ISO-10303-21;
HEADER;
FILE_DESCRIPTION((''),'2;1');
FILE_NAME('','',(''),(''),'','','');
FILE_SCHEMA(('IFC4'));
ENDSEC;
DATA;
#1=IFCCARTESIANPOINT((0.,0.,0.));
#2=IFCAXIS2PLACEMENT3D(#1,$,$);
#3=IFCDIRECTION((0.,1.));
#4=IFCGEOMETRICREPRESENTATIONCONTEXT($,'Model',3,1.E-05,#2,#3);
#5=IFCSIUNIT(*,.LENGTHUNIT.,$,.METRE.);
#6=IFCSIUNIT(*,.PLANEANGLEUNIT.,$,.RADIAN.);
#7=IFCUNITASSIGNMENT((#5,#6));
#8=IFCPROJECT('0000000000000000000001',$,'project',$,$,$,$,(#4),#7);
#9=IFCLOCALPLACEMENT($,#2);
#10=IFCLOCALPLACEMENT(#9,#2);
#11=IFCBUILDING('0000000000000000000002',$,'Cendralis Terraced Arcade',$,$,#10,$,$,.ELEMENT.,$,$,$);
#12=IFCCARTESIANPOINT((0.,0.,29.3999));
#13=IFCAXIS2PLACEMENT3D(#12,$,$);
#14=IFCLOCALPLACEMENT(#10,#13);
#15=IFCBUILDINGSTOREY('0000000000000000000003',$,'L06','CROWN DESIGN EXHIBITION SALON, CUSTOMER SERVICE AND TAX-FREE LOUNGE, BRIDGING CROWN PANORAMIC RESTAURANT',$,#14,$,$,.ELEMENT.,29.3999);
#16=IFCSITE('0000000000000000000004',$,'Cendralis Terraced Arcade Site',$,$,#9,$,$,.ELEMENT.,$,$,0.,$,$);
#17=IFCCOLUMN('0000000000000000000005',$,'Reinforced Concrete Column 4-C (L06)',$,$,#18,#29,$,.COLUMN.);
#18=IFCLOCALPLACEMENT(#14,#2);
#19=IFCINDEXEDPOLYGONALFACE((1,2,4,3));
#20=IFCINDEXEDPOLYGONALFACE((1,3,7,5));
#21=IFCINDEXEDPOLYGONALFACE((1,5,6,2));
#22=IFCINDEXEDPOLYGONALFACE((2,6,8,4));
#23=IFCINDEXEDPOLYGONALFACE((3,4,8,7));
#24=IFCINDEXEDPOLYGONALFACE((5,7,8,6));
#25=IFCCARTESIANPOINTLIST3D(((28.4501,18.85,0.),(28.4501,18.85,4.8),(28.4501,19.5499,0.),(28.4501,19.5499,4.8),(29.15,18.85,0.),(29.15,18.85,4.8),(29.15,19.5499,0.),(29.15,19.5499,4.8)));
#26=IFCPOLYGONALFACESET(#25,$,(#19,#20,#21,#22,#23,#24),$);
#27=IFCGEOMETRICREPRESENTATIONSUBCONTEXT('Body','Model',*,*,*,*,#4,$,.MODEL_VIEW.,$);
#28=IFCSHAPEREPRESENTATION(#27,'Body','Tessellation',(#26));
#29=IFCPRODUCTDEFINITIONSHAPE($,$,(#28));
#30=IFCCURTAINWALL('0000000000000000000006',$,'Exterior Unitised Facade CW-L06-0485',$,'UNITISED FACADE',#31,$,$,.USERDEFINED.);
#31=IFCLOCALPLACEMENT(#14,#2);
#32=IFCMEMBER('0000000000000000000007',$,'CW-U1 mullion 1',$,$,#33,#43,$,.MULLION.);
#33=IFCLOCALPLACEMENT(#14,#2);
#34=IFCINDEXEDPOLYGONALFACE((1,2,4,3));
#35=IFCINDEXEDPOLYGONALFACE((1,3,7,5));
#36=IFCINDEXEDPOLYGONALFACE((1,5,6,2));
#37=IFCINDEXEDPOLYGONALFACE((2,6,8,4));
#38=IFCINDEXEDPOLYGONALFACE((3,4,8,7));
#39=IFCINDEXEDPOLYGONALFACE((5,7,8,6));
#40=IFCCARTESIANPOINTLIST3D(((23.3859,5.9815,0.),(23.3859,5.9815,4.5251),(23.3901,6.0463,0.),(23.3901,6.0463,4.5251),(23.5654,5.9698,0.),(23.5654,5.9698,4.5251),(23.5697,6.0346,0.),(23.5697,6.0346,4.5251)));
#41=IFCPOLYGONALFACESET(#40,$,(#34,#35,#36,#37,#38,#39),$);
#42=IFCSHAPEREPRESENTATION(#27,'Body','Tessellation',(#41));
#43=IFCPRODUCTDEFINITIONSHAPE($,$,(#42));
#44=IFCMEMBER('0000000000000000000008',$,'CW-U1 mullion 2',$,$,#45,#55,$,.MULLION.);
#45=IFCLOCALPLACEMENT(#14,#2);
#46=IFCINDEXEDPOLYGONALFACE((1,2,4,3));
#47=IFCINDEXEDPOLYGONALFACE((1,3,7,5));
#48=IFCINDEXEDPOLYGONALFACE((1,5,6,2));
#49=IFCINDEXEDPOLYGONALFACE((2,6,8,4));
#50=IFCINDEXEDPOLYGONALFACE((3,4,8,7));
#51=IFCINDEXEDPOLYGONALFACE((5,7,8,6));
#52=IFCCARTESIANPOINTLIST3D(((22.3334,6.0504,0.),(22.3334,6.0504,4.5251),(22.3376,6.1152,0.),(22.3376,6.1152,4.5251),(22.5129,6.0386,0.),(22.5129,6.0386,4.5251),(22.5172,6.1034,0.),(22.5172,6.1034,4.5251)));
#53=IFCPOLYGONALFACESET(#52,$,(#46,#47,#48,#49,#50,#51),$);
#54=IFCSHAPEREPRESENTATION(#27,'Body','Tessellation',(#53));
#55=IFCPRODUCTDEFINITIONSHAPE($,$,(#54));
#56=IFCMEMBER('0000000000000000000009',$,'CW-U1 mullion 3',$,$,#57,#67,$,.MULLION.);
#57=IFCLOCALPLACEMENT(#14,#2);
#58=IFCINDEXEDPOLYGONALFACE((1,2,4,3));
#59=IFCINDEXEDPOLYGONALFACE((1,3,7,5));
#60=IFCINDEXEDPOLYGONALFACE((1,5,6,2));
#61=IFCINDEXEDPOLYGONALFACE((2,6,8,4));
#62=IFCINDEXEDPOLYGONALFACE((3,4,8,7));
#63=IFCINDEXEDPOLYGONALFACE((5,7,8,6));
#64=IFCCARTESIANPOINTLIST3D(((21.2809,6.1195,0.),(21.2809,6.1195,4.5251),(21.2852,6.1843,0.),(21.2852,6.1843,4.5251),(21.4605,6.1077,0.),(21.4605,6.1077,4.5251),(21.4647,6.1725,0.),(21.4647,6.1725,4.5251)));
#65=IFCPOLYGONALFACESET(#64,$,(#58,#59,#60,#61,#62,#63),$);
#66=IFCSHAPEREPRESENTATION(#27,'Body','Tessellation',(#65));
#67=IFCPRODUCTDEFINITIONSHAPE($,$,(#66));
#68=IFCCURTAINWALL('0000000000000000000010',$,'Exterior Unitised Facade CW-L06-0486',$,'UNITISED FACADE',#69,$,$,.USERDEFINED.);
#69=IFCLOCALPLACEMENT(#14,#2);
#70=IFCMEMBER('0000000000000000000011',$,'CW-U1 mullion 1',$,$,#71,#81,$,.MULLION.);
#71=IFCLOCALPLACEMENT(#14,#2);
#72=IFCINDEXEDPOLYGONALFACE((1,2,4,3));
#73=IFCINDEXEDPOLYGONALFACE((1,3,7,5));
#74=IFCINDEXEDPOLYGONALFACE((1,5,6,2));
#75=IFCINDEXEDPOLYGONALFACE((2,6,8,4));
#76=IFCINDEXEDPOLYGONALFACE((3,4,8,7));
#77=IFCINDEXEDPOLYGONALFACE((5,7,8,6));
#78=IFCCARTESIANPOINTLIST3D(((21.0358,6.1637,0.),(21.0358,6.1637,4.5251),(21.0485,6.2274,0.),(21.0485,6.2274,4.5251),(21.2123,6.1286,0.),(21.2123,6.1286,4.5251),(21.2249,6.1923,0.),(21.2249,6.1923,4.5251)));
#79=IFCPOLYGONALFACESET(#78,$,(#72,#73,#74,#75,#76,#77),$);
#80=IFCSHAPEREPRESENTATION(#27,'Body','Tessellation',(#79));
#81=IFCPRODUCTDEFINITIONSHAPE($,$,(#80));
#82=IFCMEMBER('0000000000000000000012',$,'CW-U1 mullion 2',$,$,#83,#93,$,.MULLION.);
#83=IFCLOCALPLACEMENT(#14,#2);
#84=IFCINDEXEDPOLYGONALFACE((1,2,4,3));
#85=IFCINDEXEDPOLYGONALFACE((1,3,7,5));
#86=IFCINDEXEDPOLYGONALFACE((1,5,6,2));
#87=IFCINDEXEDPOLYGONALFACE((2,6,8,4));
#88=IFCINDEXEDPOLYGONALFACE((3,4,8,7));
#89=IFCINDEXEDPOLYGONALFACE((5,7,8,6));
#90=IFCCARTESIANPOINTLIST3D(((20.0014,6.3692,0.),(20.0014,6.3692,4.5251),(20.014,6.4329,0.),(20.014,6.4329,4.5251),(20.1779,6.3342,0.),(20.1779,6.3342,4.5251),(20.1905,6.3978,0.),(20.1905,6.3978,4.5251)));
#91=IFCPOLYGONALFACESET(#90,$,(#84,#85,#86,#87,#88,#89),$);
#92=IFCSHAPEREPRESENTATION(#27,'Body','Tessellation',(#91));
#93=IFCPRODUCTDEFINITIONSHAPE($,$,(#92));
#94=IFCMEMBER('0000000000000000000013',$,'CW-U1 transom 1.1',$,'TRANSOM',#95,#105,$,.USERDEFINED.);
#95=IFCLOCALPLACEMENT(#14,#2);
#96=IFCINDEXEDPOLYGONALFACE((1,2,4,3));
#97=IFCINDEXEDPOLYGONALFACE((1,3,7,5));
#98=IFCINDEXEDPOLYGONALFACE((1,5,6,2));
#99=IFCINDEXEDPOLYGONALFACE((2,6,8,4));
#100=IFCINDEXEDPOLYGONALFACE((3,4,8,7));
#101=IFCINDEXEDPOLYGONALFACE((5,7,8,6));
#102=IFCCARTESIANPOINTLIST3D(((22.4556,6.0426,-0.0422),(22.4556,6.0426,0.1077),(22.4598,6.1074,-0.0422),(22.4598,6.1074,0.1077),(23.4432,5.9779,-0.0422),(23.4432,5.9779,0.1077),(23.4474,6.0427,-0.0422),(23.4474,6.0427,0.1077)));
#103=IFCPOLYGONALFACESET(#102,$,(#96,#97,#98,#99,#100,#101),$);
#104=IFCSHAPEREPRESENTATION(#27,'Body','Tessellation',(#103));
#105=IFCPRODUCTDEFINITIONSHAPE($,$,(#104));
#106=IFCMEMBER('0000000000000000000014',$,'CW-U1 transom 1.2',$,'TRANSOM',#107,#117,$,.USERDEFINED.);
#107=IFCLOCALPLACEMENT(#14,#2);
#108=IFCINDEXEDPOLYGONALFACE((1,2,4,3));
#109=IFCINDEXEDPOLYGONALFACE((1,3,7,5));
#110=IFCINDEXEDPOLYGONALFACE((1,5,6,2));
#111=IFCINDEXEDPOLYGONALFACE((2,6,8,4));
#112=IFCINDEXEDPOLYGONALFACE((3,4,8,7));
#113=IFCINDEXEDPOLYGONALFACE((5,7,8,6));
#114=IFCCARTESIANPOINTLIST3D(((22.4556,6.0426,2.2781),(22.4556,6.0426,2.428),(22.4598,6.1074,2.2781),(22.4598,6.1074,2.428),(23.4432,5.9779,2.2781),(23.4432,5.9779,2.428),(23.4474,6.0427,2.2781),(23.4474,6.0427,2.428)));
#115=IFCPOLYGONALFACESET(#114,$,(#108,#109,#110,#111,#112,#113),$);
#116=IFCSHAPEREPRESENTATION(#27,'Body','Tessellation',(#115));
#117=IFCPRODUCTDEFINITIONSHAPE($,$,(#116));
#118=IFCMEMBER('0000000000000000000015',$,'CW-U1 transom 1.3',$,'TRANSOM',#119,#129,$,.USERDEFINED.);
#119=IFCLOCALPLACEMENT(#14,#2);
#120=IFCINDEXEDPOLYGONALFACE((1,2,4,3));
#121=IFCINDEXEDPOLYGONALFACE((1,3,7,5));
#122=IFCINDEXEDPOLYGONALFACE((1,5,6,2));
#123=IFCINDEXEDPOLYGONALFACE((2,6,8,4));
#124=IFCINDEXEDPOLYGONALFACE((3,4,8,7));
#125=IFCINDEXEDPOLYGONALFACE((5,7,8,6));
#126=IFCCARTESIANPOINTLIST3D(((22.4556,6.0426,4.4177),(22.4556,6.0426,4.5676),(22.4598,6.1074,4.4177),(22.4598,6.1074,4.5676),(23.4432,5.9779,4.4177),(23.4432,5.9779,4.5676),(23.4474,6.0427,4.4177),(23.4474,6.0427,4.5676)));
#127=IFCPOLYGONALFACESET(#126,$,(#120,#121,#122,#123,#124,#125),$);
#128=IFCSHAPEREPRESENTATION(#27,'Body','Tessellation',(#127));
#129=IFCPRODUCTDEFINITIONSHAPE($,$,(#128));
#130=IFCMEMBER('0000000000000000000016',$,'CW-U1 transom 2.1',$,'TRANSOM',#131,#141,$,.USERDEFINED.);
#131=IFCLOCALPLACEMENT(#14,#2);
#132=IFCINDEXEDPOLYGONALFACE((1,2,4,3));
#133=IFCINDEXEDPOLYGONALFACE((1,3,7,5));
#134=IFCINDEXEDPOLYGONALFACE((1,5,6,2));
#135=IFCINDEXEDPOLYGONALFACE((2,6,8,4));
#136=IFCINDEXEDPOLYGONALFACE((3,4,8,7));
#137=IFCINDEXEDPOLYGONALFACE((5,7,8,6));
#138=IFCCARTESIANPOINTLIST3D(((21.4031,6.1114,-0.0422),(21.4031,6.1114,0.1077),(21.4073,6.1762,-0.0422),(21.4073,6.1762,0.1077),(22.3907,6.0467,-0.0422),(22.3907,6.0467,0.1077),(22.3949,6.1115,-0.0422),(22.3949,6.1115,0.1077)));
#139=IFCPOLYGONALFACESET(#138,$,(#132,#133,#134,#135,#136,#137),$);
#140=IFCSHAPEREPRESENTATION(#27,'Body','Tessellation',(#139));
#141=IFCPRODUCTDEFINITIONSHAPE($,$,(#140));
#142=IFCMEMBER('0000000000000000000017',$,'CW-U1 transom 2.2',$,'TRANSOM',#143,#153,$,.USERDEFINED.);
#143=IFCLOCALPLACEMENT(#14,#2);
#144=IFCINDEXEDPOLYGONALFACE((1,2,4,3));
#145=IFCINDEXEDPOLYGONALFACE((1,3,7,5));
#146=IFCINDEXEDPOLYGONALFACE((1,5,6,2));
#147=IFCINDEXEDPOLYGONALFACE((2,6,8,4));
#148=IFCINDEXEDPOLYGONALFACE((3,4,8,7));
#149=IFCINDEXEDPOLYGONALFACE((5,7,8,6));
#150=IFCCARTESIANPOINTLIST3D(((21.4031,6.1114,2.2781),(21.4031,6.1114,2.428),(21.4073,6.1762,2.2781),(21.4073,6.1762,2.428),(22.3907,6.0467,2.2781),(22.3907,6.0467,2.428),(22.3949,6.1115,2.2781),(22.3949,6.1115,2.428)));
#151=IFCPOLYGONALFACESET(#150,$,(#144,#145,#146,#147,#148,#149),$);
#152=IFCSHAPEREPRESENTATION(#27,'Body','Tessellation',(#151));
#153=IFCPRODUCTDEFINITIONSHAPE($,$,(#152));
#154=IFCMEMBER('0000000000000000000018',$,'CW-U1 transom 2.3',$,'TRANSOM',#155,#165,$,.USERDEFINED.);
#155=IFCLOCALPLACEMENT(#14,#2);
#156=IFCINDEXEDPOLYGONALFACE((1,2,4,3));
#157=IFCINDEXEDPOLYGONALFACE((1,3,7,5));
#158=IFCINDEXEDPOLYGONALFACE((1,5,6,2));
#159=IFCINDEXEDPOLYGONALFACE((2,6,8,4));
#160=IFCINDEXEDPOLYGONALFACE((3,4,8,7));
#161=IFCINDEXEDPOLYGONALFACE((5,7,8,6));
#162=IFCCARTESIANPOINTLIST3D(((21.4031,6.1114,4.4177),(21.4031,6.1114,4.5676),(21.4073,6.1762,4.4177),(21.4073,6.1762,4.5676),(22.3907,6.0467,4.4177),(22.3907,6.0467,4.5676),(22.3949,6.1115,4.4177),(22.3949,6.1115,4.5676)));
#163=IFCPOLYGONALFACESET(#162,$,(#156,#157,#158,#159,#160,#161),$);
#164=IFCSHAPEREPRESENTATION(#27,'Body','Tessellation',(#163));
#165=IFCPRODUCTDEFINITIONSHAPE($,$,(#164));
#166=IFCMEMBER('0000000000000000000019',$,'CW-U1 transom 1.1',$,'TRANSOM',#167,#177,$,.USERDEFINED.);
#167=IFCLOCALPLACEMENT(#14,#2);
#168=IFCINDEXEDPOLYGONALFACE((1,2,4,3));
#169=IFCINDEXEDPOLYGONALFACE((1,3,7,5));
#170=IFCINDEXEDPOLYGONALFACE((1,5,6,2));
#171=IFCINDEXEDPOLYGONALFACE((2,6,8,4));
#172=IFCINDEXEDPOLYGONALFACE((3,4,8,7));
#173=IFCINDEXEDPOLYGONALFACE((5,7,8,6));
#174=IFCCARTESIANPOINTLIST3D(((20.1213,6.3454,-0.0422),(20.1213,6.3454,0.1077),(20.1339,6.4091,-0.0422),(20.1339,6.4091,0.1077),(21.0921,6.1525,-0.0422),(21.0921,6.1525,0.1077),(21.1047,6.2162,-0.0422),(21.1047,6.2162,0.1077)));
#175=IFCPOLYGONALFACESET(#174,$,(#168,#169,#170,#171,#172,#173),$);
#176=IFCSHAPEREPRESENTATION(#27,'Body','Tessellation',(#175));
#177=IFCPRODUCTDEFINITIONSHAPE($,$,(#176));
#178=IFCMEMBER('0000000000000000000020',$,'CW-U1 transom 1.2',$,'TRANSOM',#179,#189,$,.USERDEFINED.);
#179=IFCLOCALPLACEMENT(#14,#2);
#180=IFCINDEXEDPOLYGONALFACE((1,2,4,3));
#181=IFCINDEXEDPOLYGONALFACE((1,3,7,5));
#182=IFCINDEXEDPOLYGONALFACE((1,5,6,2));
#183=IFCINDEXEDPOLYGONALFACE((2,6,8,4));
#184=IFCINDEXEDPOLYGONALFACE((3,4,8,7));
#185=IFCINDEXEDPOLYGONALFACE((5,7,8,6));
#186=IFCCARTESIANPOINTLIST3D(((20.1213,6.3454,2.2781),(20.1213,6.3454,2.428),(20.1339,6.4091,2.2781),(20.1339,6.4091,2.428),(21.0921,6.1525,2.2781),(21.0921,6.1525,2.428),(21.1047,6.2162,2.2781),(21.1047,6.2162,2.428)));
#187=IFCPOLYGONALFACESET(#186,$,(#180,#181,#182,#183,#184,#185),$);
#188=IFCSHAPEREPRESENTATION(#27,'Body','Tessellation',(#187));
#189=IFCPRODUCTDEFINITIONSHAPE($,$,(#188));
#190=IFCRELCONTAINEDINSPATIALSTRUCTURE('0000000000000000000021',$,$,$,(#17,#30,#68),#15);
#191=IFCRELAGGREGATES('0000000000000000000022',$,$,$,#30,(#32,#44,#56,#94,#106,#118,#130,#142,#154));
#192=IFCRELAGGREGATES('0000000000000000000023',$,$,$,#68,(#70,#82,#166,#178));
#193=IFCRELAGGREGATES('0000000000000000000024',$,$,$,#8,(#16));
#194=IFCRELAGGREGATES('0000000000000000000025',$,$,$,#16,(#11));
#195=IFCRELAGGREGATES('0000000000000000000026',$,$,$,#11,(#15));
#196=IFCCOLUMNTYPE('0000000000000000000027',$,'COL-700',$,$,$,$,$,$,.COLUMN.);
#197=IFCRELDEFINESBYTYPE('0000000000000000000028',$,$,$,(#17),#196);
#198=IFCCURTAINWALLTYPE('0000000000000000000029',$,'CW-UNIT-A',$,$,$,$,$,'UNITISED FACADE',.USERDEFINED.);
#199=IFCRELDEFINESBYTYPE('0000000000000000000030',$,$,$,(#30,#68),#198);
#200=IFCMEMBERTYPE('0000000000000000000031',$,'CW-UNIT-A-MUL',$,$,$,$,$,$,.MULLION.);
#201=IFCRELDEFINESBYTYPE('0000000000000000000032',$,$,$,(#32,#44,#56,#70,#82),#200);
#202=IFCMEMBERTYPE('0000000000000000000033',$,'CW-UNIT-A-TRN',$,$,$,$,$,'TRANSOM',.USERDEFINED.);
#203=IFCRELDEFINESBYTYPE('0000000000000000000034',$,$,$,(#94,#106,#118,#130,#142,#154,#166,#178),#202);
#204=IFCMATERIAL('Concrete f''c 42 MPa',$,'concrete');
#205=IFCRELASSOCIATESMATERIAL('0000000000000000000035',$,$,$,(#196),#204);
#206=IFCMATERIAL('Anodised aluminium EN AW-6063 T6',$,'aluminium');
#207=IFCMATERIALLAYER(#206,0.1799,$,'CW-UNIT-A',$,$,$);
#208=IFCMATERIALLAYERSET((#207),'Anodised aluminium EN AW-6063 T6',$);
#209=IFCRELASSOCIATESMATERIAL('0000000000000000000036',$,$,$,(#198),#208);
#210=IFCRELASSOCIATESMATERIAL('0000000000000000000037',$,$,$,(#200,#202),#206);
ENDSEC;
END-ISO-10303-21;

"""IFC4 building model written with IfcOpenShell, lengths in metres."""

from ifc_helpers import new_model, si_unit, direction, frame, origin, origin_2d, place, context, subcontext, project, spatial, rectangle, extrude, material, layer, layer_set, material_profile, profile_set, type_object, element, aggregate, save


model = new_model("IFC4")

# Units and contexts
model_context = context("Model", 3, precision=1e-05, world=origin(), true_north=direction((0.0, 1.0)))
body_context = subcontext(model_context, "Body", "Model", "MODEL_VIEW")
ifc_project = project(units=[si_unit("LENGTHUNIT", "METRE"), si_unit("PLANEANGLEUNIT", "RADIAN")], contexts=[model_context])

# Site, building, storey
site_placement = place(None, origin())
site = spatial("IfcSite", under=ifc_project, at=site_placement, Name="Cendralis Terraced Arcade Site", CompositionType="ELEMENT", RefElevation=0.0)
building_placement = place(site_placement, origin())
building = spatial("IfcBuilding", under=site, at=building_placement, Name="Cendralis Terraced Arcade", CompositionType="ELEMENT")
storey_placement = place(building_placement, frame((0.0, 0.0, 29.3999)))
storey = spatial("IfcBuildingStorey", under=building, at=storey_placement, Name="L06", Description="CROWN DESIGN EXHIBITION SALON, CUSTOMER SERVICE AND TAX-FREE LOUNGE, BRIDGING CROWN PANORAMIC RESTAURANT", CompositionType="ELEMENT", Elevation=29.3999)

# Column
ifc_material_1 = material(Name="Concrete f'c 42 MPa", Category="concrete")
ifc_material_profile_1 = material_profile(ifc_material_1, rectangle(XDim=0.7, YDim=0.7, at=origin_2d()), Name="RC-COL-700x700", Category="LoadBearing")
ifc_profile_set_1 = profile_set([ifc_material_profile_1], Name="Concrete f'c 42 MPa")
column_type = type_object("IfcColumnType", Name="COL-700", PredefinedType="COLUMN", material=ifc_profile_set_1)
column_placement = place(storey_placement, frame((28.8, 19.2, 0.0), z_axis=(0.0, 0.0, 1.0), x_axis=(1.0, 0.0, 0.0)))
element("IfcColumn", 1, at=column_placement, inside=storey, type_object=column_type, Name="Reinforced Concrete Column 4-C (L06)", PredefinedType="COLUMN", context=body_context, shape_type="SweptSolid", body=[
    extrude(rectangle(XDim=0.7, YDim=0.7, at=origin_2d()), origin(), (0.0, 0.0, 1.0), 4.8),
])

# Curtain walls, members
ifc_material_2 = material(Name="Anodised aluminium EN AW-6063 T6", Category="aluminium")
ifc_layer_1 = layer(ifc_material_2, 0.1799, Name="CW-UNIT-A")
ifc_layer_set_1 = layer_set([ifc_layer_1], Name="Anodised aluminium EN AW-6063 T6")
curtain_wall_type_1 = type_object("IfcCurtainWallType", Name="CW-UNIT-A", ElementType="UNITISED FACADE", PredefinedType="USERDEFINED", material=ifc_layer_set_1)
curtain_wall_1_placement = place(storey_placement, origin())
curtain_wall_1 = element("IfcCurtainWall", 2, at=curtain_wall_1_placement, inside=storey, type_object=curtain_wall_type_1, Name="Exterior Unitised Facade CW-L06-0485", ObjectType="UNITISED FACADE", PredefinedType="USERDEFINED")
ifc_material_profile_2 = material_profile(ifc_material_2, rectangle(XDim=0.0649, YDim=0.1799, at=origin_2d()), Name="ALU-MUL-65x180")
ifc_profile_set_2 = profile_set([ifc_material_profile_2], Name="Anodised aluminium EN AW-6063 T6")
member_type_1 = type_object("IfcMemberType", Name="CW-UNIT-A-MUL", PredefinedType="MULLION", material=ifc_profile_set_2)
member_1_placement = place(storey_placement, frame((23.4778, 6.0081, 0.0), z_axis=(0.0, 0.0, 1.0), x_axis=(-0.065393, -0.99786, 0.0)))
member_1 = element("IfcMember", 3, at=member_1_placement, type_object=member_type_1, Name="CW-U1 mullion 1", PredefinedType="MULLION", context=body_context, shape_type="SweptSolid", body=[
    extrude(rectangle(XDim=0.0649, YDim=0.1799, at=origin_2d()), origin(), (0.0, 0.0, 1.0), 4.5251),
])
member_2_placement = place(storey_placement, frame((22.4253, 6.0769, 0.0), z_axis=(0.0, 0.0, 1.0), x_axis=(-0.065393, -0.99786, 0.0)))
member_2 = element("IfcMember", 4, at=member_2_placement, type_object=member_type_1, Name="CW-U1 mullion 2", PredefinedType="MULLION", context=body_context, shape_type="SweptSolid", body=[
    extrude(rectangle(XDim=0.0649, YDim=0.1799, at=origin_2d()), origin(), (0.0, 0.0, 1.0), 4.5251),
])
member_3_placement = place(storey_placement, frame((21.3728, 6.146, 0.0), z_axis=(0.0, 0.0, 1.0), x_axis=(-0.065393, -0.99786, 0.0)))
member_3 = element("IfcMember", 5, at=member_3_placement, type_object=member_type_1, Name="CW-U1 mullion 3", PredefinedType="MULLION", context=body_context, shape_type="SweptSolid", body=[
    extrude(rectangle(XDim=0.0649, YDim=0.1799, at=origin_2d()), origin(), (0.0, 0.0, 1.0), 4.5251),
])
curtain_wall_2_placement = place(storey_placement, origin())
curtain_wall_2 = element("IfcCurtainWall", 6, at=curtain_wall_2_placement, inside=storey, type_object=curtain_wall_type_1, Name="Exterior Unitised Facade CW-L06-0486", ObjectType="UNITISED FACADE", PredefinedType="USERDEFINED")
member_4_placement = place(storey_placement, frame((21.1304, 6.178, 0.0), z_axis=(0.0, 0.0, 1.0), x_axis=(-0.195046, -0.980794, 0.0)))
member_4 = element("IfcMember", 7, at=member_4_placement, type_object=member_type_1, Name="CW-U1 mullion 1", PredefinedType="MULLION", context=body_context, shape_type="SweptSolid", body=[
    extrude(rectangle(XDim=0.0649, YDim=0.1799, at=origin_2d()), origin(), (0.0, 0.0, 1.0), 4.5251),
])
member_5_placement = place(storey_placement, frame((20.0959, 6.3835, 0.0), z_axis=(0.0, 0.0, 1.0), x_axis=(-0.195046, -0.980794, 0.0)))
member_5 = element("IfcMember", 8, at=member_5_placement, type_object=member_type_1, Name="CW-U1 mullion 2", PredefinedType="MULLION", context=body_context, shape_type="SweptSolid", body=[
    extrude(rectangle(XDim=0.0649, YDim=0.1799, at=origin_2d()), origin(), (0.0, 0.0, 1.0), 4.5251),
])

# Members
ifc_material_profile_3 = material_profile(ifc_material_2, rectangle(XDim=0.0649, YDim=0.1499, at=origin_2d()), Name="ALU-TRN-65x150")
ifc_profile_set_3 = profile_set([ifc_material_profile_3], Name="Anodised aluminium EN AW-6063 T6")
member_type_2 = type_object("IfcMemberType", Name="CW-UNIT-A-TRN", ElementType="TRANSOM", PredefinedType="USERDEFINED", material=ifc_profile_set_3)
member_6_placement = place(storey_placement, frame((23.4453, 6.0103, 0.0327), z_axis=(-0.997861, 0.065373, 0.0), x_axis=(-0.065373, -0.997861, 0.0)))
member_6 = element("IfcMember", 9, at=member_6_placement, type_object=member_type_2, Name="CW-U1 transom 1.1", ObjectType="TRANSOM", PredefinedType="USERDEFINED", context=body_context, shape_type="SweptSolid", body=[
    extrude(rectangle(XDim=0.0649, YDim=0.1499, at=origin_2d()), origin(), (0.0, 0.0, 1.0), 0.9897),
])
member_7_placement = place(storey_placement, frame((23.4453, 6.0103, 2.353), z_axis=(-0.997861, 0.065373, 0.0), x_axis=(-0.065373, -0.997861, 0.0)))
member_7 = element("IfcMember", 10, at=member_7_placement, type_object=member_type_2, Name="CW-U1 transom 1.2", ObjectType="TRANSOM", PredefinedType="USERDEFINED", context=body_context, shape_type="SweptSolid", body=[
    extrude(rectangle(XDim=0.0649, YDim=0.1499, at=origin_2d()), origin(), (0.0, 0.0, 1.0), 0.9897),
])
member_8_placement = place(storey_placement, frame((23.4453, 6.0103, 4.4927), z_axis=(-0.997861, 0.065373, 0.0), x_axis=(-0.065373, -0.997861, 0.0)))
member_8 = element("IfcMember", 11, at=member_8_placement, type_object=member_type_2, Name="CW-U1 transom 1.3", ObjectType="TRANSOM", PredefinedType="USERDEFINED", context=body_context, shape_type="SweptSolid", body=[
    extrude(rectangle(XDim=0.0649, YDim=0.1499, at=origin_2d()), origin(), (0.0, 0.0, 1.0), 0.9897),
])
member_9_placement = place(storey_placement, frame((22.3928, 6.0791, 0.0327), z_axis=(-0.997861, 0.065373, 0.0), x_axis=(-0.065373, -0.997861, 0.0)))
member_9 = element("IfcMember", 12, at=member_9_placement, type_object=member_type_2, Name="CW-U1 transom 2.1", ObjectType="TRANSOM", PredefinedType="USERDEFINED", context=body_context, shape_type="SweptSolid", body=[
    extrude(rectangle(XDim=0.0649, YDim=0.1499, at=origin_2d()), origin(), (0.0, 0.0, 1.0), 0.9897),
])
member_10_placement = place(storey_placement, frame((22.3928, 6.0791, 2.353), z_axis=(-0.997861, 0.065373, 0.0), x_axis=(-0.065373, -0.997861, 0.0)))
member_10 = element("IfcMember", 13, at=member_10_placement, type_object=member_type_2, Name="CW-U1 transom 2.2", ObjectType="TRANSOM", PredefinedType="USERDEFINED", context=body_context, shape_type="SweptSolid", body=[
    extrude(rectangle(XDim=0.0649, YDim=0.1499, at=origin_2d()), origin(), (0.0, 0.0, 1.0), 0.9897),
])
member_11_placement = place(storey_placement, frame((22.3928, 6.0791, 4.4927), z_axis=(-0.997861, 0.065373, 0.0), x_axis=(-0.065373, -0.997861, 0.0)))
member_11 = element("IfcMember", 14, at=member_11_placement, type_object=member_type_2, Name="CW-U1 transom 2.3", ObjectType="TRANSOM", PredefinedType="USERDEFINED", context=body_context, shape_type="SweptSolid", body=[
    extrude(rectangle(XDim=0.0649, YDim=0.1499, at=origin_2d()), origin(), (0.0, 0.0, 1.0), 0.9897),
])
member_12_placement = place(storey_placement, frame((21.0984, 6.1843, 0.0327), z_axis=(-0.980827, 0.194883, 0.0), x_axis=(-0.194883, -0.980827, 0.0)))
member_12 = element("IfcMember", 15, at=member_12_placement, type_object=member_type_2, Name="CW-U1 transom 1.1", ObjectType="TRANSOM", PredefinedType="USERDEFINED", context=body_context, shape_type="SweptSolid", body=[
    extrude(rectangle(XDim=0.0649, YDim=0.1499, at=origin_2d()), origin(), (0.0, 0.0, 1.0), 0.9897),
])
member_13_placement = place(storey_placement, frame((21.0984, 6.1843, 2.353), z_axis=(-0.980827, 0.194883, 0.0), x_axis=(-0.194883, -0.980827, 0.0)))
member_13 = element("IfcMember", 16, at=member_13_placement, type_object=member_type_2, Name="CW-U1 transom 1.2", ObjectType="TRANSOM", PredefinedType="USERDEFINED", context=body_context, shape_type="SweptSolid", body=[
    extrude(rectangle(XDim=0.0649, YDim=0.1499, at=origin_2d()), origin(), (0.0, 0.0, 1.0), 0.9897),
])

aggregate(curtain_wall_1, [member_1, member_2, member_3, member_6, member_7, member_8, member_9, member_10, member_11])
aggregate(curtain_wall_2, [member_4, member_5, member_12, member_13])

save(model, "model.ifc")
